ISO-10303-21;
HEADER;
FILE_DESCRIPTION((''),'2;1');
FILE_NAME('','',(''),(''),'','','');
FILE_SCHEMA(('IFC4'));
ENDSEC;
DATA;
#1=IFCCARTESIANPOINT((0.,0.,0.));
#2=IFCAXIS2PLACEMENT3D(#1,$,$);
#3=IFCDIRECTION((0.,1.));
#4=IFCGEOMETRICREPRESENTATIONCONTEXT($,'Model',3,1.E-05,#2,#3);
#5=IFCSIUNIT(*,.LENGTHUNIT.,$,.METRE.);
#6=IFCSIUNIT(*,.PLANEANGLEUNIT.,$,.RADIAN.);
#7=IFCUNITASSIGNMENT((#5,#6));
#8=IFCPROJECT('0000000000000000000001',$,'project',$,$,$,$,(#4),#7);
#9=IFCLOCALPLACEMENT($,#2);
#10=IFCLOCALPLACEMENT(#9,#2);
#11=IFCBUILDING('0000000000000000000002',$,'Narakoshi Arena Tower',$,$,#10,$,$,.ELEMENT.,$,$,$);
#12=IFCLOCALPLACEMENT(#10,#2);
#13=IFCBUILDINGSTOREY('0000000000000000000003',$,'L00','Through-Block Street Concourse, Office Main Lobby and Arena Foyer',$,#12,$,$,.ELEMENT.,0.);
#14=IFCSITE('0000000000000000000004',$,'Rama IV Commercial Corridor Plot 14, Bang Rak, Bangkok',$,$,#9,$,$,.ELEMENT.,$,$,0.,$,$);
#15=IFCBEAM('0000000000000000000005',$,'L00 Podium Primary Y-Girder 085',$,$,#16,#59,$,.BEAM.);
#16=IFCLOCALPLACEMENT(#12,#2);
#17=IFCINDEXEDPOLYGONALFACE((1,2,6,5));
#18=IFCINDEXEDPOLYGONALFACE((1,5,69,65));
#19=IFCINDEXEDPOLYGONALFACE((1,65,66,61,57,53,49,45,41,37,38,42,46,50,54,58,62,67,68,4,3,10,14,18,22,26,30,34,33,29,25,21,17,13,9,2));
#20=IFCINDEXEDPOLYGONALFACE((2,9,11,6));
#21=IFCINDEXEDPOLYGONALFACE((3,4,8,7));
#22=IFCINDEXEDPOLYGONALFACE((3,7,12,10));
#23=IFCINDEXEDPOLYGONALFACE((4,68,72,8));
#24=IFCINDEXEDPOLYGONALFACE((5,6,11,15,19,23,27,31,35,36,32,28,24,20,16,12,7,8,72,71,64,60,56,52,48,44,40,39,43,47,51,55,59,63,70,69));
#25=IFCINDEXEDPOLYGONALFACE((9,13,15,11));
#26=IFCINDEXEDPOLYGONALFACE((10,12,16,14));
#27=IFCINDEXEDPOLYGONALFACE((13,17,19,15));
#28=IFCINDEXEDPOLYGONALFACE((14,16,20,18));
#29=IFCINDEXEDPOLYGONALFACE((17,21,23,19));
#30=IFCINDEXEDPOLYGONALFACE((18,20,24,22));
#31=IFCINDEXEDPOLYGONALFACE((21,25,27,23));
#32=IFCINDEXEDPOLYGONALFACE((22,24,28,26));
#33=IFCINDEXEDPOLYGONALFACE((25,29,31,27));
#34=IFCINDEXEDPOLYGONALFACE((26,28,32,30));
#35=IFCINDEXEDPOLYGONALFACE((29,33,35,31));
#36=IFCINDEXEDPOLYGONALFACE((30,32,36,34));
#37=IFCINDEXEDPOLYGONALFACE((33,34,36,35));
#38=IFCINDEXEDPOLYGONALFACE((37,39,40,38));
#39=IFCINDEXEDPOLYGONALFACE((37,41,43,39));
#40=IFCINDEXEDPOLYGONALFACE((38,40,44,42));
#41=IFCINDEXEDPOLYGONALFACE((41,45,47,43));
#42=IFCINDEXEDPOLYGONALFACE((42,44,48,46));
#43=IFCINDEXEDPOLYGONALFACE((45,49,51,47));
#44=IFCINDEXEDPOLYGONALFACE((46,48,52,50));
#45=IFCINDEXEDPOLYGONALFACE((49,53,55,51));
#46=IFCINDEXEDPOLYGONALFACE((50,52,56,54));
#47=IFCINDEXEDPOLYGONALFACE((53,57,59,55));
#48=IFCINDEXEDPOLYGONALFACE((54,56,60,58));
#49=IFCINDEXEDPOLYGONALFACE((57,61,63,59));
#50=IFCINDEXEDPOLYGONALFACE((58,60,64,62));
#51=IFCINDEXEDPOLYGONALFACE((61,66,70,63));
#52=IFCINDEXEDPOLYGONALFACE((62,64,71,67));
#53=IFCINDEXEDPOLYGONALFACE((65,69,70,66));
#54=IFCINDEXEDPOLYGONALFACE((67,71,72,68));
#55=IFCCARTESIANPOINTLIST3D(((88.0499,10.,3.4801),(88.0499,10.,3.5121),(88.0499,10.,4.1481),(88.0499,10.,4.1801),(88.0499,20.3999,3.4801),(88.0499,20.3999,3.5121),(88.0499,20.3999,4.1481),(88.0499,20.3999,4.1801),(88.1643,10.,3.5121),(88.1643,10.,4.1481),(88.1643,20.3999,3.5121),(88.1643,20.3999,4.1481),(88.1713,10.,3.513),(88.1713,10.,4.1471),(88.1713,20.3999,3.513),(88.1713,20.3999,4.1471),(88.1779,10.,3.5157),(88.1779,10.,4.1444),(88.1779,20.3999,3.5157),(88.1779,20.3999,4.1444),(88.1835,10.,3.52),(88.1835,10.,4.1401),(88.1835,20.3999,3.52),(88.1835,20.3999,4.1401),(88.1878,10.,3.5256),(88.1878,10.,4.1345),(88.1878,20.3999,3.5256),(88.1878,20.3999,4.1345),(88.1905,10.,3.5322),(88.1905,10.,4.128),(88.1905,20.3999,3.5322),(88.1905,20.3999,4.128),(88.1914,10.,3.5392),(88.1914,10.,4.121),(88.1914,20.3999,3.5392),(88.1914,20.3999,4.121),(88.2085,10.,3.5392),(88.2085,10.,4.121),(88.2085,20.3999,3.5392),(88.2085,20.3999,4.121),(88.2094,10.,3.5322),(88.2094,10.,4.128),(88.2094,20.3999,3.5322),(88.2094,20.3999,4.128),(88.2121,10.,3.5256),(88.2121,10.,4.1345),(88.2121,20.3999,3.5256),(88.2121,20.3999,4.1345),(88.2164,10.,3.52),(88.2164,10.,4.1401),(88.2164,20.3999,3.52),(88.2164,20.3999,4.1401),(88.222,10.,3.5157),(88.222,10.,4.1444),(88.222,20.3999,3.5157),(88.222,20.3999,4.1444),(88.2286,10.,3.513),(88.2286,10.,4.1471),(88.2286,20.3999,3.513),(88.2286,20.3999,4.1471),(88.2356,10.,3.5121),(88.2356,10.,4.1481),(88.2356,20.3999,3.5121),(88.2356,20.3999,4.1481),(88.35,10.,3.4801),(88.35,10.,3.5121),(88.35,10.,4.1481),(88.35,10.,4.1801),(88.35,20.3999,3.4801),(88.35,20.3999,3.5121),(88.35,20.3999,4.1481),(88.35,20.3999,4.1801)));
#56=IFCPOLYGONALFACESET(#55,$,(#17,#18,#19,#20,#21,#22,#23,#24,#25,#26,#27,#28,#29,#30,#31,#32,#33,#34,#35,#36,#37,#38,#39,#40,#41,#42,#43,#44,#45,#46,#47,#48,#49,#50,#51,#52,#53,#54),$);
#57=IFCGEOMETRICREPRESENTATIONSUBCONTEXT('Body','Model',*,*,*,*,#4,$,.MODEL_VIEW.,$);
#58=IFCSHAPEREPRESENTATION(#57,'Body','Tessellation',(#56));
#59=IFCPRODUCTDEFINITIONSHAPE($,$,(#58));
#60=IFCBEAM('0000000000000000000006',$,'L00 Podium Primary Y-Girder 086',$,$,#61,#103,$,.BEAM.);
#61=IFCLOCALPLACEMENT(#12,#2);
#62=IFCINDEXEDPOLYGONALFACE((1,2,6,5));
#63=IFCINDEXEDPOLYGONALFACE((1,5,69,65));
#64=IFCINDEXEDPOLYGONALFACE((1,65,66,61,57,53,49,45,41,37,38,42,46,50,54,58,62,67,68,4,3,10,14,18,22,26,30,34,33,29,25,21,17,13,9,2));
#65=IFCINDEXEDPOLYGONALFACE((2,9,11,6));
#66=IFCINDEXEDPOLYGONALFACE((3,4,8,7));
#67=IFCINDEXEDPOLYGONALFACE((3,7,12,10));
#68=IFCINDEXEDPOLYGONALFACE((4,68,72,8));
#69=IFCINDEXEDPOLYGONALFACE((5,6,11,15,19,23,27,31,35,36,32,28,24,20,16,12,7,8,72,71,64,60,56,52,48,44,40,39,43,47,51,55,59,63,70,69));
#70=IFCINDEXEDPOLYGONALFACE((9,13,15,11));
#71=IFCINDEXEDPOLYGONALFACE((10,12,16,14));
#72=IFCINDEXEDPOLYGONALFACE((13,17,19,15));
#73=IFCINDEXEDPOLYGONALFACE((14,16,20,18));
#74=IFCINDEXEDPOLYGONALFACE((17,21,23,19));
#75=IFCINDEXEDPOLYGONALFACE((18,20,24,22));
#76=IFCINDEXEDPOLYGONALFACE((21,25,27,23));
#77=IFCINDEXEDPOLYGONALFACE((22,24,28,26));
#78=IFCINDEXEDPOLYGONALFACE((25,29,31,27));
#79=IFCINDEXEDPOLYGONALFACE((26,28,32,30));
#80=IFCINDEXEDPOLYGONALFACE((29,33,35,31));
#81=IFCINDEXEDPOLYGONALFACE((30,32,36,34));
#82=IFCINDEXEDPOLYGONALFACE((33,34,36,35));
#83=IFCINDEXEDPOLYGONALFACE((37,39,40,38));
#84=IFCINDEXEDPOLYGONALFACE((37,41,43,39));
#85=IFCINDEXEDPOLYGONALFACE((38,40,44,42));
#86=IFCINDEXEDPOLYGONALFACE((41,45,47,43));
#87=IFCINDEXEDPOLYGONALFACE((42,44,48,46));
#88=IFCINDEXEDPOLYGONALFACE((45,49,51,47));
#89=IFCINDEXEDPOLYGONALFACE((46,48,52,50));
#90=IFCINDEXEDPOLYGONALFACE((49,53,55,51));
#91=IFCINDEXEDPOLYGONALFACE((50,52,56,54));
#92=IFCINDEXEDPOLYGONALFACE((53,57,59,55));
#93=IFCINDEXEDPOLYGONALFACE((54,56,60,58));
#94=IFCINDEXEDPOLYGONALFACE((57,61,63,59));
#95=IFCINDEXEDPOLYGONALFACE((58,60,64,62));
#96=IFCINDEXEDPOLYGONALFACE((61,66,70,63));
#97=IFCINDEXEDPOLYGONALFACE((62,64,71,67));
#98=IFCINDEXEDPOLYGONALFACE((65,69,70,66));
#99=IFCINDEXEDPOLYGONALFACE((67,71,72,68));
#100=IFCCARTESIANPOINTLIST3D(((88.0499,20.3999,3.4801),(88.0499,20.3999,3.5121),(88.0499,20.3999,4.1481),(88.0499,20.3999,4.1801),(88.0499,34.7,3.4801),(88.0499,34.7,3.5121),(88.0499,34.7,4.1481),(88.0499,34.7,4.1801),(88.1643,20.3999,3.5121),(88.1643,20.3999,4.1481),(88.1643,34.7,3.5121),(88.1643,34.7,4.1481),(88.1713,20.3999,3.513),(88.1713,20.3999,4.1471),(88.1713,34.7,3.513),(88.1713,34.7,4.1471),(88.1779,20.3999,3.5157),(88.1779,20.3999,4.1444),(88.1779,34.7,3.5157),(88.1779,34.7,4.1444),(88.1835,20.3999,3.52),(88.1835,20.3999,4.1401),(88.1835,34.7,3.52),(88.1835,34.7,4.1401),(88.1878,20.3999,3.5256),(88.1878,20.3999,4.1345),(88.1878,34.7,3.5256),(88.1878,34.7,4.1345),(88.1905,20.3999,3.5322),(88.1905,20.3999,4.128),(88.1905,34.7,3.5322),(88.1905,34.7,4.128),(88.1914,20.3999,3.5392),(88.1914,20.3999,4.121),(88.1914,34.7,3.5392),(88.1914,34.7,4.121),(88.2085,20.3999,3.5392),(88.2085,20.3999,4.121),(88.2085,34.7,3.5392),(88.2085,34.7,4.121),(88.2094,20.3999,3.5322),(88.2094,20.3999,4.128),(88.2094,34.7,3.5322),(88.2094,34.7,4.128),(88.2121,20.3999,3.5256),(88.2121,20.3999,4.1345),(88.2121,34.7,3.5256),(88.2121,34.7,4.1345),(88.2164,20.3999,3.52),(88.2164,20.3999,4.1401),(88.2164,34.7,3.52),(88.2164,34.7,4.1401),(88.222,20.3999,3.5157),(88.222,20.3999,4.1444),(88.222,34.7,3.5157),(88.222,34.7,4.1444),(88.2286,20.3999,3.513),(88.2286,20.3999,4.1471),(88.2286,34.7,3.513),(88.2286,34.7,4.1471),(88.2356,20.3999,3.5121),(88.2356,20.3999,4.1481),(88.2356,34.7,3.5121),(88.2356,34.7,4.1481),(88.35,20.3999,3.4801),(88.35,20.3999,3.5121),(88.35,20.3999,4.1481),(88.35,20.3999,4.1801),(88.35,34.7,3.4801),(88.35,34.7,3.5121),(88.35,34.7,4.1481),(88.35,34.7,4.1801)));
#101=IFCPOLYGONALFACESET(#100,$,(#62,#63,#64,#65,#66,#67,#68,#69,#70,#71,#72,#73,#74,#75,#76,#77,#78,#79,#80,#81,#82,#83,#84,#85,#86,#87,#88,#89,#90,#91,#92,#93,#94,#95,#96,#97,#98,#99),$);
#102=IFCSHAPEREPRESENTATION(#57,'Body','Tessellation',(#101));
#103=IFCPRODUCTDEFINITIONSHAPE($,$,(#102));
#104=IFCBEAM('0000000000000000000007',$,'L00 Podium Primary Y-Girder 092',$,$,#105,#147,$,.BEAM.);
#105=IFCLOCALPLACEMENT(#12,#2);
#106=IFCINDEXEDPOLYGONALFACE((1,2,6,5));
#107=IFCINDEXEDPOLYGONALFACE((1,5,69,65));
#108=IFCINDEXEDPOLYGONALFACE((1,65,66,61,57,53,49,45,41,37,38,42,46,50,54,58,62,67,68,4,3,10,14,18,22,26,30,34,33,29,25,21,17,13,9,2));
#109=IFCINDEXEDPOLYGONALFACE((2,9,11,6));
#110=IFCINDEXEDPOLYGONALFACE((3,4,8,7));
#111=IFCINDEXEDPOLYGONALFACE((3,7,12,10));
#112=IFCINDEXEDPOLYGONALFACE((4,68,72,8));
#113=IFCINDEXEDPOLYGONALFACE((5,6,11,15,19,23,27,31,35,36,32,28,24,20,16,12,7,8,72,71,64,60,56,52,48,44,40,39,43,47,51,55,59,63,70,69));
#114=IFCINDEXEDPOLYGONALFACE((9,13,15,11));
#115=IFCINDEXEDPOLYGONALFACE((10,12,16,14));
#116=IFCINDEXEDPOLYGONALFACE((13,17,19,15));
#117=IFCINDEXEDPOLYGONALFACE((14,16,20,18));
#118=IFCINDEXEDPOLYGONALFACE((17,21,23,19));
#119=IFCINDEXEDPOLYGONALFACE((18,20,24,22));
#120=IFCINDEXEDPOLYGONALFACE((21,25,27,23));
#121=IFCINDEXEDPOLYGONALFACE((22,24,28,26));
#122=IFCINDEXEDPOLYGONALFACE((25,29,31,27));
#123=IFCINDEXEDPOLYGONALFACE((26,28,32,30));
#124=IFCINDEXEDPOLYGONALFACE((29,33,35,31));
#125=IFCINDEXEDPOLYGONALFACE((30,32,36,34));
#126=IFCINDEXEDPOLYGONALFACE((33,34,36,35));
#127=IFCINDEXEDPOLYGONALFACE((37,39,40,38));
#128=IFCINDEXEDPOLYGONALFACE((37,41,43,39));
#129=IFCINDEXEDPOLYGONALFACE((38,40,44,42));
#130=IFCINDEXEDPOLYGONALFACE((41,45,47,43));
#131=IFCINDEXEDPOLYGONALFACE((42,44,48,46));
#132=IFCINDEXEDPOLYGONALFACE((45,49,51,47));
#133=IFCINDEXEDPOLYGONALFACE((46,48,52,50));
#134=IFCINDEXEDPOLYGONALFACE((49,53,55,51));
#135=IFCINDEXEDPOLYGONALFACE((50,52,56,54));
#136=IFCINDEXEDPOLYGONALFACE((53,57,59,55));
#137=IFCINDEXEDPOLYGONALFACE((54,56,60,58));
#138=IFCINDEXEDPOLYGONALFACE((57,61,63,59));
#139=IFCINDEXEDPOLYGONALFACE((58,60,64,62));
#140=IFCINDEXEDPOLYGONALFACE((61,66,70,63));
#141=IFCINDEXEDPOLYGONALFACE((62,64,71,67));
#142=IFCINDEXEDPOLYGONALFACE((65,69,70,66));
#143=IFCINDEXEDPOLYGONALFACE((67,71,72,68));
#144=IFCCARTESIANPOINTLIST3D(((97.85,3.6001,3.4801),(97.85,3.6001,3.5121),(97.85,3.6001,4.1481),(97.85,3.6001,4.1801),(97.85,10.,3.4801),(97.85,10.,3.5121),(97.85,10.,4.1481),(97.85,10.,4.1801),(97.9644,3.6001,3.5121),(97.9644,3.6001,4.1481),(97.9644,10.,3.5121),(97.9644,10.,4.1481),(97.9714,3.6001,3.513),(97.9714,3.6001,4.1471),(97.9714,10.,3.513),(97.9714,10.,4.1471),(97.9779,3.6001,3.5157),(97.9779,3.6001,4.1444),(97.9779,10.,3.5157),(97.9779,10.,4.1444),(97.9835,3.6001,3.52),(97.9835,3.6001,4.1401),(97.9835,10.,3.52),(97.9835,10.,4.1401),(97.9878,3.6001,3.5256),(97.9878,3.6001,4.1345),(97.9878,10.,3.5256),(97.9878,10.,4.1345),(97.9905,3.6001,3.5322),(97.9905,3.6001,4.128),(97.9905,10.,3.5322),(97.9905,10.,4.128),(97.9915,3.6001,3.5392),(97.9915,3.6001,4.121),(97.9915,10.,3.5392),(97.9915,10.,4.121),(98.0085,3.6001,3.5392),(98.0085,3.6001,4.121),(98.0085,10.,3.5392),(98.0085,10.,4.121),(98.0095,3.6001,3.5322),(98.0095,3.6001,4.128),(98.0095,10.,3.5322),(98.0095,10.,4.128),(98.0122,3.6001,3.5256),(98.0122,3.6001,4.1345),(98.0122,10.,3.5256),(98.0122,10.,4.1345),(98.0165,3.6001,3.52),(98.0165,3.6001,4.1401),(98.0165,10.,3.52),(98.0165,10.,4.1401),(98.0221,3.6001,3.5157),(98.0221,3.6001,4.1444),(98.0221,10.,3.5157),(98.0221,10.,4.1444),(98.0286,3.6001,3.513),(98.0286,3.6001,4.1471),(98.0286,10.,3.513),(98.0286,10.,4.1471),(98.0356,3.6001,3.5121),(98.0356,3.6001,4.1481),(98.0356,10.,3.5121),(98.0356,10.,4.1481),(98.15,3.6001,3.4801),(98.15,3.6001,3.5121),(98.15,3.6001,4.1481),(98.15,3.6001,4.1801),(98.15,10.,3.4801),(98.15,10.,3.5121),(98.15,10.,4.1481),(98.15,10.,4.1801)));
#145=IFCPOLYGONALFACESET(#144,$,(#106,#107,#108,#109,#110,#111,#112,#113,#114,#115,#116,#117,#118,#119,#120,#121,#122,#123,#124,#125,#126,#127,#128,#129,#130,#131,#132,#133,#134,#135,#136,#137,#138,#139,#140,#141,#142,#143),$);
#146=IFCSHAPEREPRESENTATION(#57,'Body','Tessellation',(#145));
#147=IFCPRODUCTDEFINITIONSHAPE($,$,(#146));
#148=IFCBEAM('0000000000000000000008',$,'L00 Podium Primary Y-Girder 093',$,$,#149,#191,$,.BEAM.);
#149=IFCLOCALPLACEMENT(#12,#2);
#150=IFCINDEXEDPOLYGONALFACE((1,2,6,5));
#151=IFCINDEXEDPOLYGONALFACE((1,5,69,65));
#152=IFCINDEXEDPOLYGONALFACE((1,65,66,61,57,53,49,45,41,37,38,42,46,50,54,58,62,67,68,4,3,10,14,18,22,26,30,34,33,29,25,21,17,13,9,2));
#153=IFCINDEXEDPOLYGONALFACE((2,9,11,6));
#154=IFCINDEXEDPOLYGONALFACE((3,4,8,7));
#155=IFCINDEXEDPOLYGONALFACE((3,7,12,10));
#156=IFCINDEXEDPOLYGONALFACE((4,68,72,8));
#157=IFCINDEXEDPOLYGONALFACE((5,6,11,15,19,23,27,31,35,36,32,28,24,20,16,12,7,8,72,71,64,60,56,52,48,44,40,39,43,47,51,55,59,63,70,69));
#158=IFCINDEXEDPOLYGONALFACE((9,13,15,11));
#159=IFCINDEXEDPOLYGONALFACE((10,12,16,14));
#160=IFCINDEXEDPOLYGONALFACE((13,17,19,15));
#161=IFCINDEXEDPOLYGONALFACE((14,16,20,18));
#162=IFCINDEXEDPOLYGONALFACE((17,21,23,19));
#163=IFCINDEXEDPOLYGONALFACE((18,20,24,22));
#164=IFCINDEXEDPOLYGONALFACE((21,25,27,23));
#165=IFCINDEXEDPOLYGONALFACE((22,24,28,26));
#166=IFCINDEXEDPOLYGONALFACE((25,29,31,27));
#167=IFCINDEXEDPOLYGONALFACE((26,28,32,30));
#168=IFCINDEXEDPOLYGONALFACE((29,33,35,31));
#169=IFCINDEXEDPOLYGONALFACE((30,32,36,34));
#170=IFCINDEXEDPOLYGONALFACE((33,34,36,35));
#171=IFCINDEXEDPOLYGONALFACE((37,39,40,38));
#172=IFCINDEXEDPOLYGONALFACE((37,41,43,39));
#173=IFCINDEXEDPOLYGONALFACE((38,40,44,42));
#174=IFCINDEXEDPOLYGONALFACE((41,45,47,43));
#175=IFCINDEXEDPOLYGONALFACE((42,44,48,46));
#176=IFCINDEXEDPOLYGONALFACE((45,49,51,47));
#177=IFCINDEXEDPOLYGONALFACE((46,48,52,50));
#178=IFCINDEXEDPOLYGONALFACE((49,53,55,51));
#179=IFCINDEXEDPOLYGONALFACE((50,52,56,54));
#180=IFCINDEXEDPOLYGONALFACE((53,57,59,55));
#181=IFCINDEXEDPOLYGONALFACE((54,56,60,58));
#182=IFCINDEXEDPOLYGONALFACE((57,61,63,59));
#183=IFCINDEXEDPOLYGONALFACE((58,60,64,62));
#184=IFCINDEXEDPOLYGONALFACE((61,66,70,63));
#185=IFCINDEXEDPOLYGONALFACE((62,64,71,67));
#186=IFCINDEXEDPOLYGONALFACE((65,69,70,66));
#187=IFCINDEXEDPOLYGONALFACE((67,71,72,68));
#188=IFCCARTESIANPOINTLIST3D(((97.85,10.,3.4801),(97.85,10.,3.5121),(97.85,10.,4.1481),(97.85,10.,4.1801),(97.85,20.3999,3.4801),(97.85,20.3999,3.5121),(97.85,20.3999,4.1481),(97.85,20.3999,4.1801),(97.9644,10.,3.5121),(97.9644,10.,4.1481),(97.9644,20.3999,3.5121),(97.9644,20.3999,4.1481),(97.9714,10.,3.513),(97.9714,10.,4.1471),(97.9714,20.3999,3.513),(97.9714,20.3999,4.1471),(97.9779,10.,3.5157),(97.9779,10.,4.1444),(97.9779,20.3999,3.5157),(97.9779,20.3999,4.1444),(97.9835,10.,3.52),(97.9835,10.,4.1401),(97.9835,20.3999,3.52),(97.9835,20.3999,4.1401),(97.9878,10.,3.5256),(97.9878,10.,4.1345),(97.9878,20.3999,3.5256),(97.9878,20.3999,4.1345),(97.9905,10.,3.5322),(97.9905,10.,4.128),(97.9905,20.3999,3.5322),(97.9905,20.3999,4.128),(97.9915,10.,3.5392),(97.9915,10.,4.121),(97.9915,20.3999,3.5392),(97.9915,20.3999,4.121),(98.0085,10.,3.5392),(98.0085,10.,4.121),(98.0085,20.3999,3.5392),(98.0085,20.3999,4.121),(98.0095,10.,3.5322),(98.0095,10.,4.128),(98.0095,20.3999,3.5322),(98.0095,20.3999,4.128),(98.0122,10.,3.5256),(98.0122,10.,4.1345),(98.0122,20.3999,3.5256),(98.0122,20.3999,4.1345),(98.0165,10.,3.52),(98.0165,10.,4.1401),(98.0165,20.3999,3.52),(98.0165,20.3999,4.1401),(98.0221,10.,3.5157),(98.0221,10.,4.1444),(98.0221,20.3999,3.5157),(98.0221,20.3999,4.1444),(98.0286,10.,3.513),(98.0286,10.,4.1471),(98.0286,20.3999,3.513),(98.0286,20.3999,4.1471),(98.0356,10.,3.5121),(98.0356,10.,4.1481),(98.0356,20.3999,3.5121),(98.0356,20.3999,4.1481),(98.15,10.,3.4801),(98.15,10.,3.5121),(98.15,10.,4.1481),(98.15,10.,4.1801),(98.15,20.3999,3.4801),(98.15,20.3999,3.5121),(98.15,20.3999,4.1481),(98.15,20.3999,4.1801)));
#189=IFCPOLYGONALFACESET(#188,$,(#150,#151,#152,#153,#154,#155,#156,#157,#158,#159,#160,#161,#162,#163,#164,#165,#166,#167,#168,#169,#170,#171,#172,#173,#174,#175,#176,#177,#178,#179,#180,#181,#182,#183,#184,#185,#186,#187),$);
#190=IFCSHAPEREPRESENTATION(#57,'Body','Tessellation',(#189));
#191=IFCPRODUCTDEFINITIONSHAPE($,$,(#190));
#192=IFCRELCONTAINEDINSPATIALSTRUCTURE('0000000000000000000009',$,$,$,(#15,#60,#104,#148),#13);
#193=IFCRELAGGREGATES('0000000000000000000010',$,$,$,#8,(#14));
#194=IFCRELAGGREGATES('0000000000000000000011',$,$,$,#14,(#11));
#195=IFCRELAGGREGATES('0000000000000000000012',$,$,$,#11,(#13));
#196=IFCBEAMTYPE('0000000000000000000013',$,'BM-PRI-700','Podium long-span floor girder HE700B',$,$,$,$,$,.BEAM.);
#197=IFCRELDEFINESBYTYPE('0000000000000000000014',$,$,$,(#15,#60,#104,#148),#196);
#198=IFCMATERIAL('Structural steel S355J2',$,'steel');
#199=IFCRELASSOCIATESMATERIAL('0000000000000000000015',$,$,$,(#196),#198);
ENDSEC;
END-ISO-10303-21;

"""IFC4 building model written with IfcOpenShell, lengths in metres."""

from ifc_helpers import new_model, si_unit, direction, frame, origin, origin_2d, place, context, subcontext, project, spatial, i_section, extrude, material, material_profile, profile_set, type_object, element, save


model = new_model("IFC4")

# Units and contexts
model_context = context("Model", 3, precision=1e-05, world=origin(), true_north=direction((0.0, 1.0)))
body_context = subcontext(model_context, "Body", "Model", "MODEL_VIEW")
ifc_project = project(units=[si_unit("LENGTHUNIT", "METRE"), si_unit("PLANEANGLEUNIT", "RADIAN")], contexts=[model_context])

# Site, building, storey
site_placement = place(None, origin())
site = spatial("IfcSite", under=ifc_project, at=site_placement, Name="Rama IV Commercial Corridor Plot 14, Bang Rak, Bangkok", CompositionType="ELEMENT", RefElevation=0.0)
building_placement = place(site_placement, origin())
building = spatial("IfcBuilding", under=site, at=building_placement, Name="Narakoshi Arena Tower", CompositionType="ELEMENT")
storey_placement = place(building_placement, origin())
storey = spatial("IfcBuildingStorey", under=building, at=storey_placement, Name="L00", Description="Through-Block Street Concourse, Office Main Lobby and Arena Foyer", CompositionType="ELEMENT", Elevation=0.0)

# Beams
ifc_material_1 = material(Name="Structural steel S355J2", Category="steel")
ifc_material_profile_1 = material_profile(ifc_material_1, i_section(OverallWidth=0.3, OverallDepth=0.7, WebThickness=0.0171, FlangeThickness=0.032, FilletRadius=0.0271, at=origin_2d()), Name="HE700B")
ifc_profile_set_1 = profile_set([ifc_material_profile_1], Name="Structural steel S355J2")
beam_type_1 = type_object("IfcBeamType", Name="BM-PRI-700", Description="Podium long-span floor girder HE700B", PredefinedType="BEAM", material=ifc_profile_set_1)
beam_1_placement = place(storey_placement, frame((88.2, 10.0, 3.8301), z_axis=(0.0, 1.0, 0.0), x_axis=(-1.0, 0.0, 0.0)))
element("IfcBeam", 1, at=beam_1_placement, inside=storey, type_object=beam_type_1, Name="L00 Podium Primary Y-Girder 085", PredefinedType="BEAM", context=body_context, shape_type="SweptSolid", body=[
    extrude(i_section(OverallWidth=0.3, OverallDepth=0.7, WebThickness=0.0171, FlangeThickness=0.032, FilletRadius=0.0271, at=origin_2d()), origin(), (0.0, 0.0, 1.0), 10.3999),
])
beam_2_placement = place(storey_placement, frame((88.2, 20.3999, 3.8301), z_axis=(0.0, 1.0, 0.0), x_axis=(-1.0, 0.0, 0.0)))
element("IfcBeam", 2, at=beam_2_placement, inside=storey, type_object=beam_type_1, Name="L00 Podium Primary Y-Girder 086", PredefinedType="BEAM", context=body_context, shape_type="SweptSolid", body=[
    extrude(i_section(OverallWidth=0.3, OverallDepth=0.7, WebThickness=0.0171, FlangeThickness=0.032, FilletRadius=0.0271, at=origin_2d()), origin(), (0.0, 0.0, 1.0), 14.3),
])
beam_3_placement = place(storey_placement, frame((98.0, 3.6001, 3.8301), z_axis=(0.0, 1.0, 0.0), x_axis=(-1.0, 0.0, 0.0)))
element("IfcBeam", 3, at=beam_3_placement, inside=storey, type_object=beam_type_1, Name="L00 Podium Primary Y-Girder 092", PredefinedType="BEAM", context=body_context, shape_type="SweptSolid", body=[
    extrude(i_section(OverallWidth=0.3, OverallDepth=0.7, WebThickness=0.0171, FlangeThickness=0.032, FilletRadius=0.0271, at=origin_2d()), origin(), (0.0, 0.0, 1.0), 6.3999),
])
beam_4_placement = place(storey_placement, frame((98.0, 10.0, 3.8301), z_axis=(0.0, 1.0, 0.0), x_axis=(-1.0, 0.0, 0.0)))
element("IfcBeam", 4, at=beam_4_placement, inside=storey, type_object=beam_type_1, Name="L00 Podium Primary Y-Girder 093", PredefinedType="BEAM", context=body_context, shape_type="SweptSolid", body=[
    extrude(i_section(OverallWidth=0.3, OverallDepth=0.7, WebThickness=0.0171, FlangeThickness=0.032, FilletRadius=0.0271, at=origin_2d()), origin(), (0.0, 0.0, 1.0), 10.3999),
])

save(model, "model.ifc")
